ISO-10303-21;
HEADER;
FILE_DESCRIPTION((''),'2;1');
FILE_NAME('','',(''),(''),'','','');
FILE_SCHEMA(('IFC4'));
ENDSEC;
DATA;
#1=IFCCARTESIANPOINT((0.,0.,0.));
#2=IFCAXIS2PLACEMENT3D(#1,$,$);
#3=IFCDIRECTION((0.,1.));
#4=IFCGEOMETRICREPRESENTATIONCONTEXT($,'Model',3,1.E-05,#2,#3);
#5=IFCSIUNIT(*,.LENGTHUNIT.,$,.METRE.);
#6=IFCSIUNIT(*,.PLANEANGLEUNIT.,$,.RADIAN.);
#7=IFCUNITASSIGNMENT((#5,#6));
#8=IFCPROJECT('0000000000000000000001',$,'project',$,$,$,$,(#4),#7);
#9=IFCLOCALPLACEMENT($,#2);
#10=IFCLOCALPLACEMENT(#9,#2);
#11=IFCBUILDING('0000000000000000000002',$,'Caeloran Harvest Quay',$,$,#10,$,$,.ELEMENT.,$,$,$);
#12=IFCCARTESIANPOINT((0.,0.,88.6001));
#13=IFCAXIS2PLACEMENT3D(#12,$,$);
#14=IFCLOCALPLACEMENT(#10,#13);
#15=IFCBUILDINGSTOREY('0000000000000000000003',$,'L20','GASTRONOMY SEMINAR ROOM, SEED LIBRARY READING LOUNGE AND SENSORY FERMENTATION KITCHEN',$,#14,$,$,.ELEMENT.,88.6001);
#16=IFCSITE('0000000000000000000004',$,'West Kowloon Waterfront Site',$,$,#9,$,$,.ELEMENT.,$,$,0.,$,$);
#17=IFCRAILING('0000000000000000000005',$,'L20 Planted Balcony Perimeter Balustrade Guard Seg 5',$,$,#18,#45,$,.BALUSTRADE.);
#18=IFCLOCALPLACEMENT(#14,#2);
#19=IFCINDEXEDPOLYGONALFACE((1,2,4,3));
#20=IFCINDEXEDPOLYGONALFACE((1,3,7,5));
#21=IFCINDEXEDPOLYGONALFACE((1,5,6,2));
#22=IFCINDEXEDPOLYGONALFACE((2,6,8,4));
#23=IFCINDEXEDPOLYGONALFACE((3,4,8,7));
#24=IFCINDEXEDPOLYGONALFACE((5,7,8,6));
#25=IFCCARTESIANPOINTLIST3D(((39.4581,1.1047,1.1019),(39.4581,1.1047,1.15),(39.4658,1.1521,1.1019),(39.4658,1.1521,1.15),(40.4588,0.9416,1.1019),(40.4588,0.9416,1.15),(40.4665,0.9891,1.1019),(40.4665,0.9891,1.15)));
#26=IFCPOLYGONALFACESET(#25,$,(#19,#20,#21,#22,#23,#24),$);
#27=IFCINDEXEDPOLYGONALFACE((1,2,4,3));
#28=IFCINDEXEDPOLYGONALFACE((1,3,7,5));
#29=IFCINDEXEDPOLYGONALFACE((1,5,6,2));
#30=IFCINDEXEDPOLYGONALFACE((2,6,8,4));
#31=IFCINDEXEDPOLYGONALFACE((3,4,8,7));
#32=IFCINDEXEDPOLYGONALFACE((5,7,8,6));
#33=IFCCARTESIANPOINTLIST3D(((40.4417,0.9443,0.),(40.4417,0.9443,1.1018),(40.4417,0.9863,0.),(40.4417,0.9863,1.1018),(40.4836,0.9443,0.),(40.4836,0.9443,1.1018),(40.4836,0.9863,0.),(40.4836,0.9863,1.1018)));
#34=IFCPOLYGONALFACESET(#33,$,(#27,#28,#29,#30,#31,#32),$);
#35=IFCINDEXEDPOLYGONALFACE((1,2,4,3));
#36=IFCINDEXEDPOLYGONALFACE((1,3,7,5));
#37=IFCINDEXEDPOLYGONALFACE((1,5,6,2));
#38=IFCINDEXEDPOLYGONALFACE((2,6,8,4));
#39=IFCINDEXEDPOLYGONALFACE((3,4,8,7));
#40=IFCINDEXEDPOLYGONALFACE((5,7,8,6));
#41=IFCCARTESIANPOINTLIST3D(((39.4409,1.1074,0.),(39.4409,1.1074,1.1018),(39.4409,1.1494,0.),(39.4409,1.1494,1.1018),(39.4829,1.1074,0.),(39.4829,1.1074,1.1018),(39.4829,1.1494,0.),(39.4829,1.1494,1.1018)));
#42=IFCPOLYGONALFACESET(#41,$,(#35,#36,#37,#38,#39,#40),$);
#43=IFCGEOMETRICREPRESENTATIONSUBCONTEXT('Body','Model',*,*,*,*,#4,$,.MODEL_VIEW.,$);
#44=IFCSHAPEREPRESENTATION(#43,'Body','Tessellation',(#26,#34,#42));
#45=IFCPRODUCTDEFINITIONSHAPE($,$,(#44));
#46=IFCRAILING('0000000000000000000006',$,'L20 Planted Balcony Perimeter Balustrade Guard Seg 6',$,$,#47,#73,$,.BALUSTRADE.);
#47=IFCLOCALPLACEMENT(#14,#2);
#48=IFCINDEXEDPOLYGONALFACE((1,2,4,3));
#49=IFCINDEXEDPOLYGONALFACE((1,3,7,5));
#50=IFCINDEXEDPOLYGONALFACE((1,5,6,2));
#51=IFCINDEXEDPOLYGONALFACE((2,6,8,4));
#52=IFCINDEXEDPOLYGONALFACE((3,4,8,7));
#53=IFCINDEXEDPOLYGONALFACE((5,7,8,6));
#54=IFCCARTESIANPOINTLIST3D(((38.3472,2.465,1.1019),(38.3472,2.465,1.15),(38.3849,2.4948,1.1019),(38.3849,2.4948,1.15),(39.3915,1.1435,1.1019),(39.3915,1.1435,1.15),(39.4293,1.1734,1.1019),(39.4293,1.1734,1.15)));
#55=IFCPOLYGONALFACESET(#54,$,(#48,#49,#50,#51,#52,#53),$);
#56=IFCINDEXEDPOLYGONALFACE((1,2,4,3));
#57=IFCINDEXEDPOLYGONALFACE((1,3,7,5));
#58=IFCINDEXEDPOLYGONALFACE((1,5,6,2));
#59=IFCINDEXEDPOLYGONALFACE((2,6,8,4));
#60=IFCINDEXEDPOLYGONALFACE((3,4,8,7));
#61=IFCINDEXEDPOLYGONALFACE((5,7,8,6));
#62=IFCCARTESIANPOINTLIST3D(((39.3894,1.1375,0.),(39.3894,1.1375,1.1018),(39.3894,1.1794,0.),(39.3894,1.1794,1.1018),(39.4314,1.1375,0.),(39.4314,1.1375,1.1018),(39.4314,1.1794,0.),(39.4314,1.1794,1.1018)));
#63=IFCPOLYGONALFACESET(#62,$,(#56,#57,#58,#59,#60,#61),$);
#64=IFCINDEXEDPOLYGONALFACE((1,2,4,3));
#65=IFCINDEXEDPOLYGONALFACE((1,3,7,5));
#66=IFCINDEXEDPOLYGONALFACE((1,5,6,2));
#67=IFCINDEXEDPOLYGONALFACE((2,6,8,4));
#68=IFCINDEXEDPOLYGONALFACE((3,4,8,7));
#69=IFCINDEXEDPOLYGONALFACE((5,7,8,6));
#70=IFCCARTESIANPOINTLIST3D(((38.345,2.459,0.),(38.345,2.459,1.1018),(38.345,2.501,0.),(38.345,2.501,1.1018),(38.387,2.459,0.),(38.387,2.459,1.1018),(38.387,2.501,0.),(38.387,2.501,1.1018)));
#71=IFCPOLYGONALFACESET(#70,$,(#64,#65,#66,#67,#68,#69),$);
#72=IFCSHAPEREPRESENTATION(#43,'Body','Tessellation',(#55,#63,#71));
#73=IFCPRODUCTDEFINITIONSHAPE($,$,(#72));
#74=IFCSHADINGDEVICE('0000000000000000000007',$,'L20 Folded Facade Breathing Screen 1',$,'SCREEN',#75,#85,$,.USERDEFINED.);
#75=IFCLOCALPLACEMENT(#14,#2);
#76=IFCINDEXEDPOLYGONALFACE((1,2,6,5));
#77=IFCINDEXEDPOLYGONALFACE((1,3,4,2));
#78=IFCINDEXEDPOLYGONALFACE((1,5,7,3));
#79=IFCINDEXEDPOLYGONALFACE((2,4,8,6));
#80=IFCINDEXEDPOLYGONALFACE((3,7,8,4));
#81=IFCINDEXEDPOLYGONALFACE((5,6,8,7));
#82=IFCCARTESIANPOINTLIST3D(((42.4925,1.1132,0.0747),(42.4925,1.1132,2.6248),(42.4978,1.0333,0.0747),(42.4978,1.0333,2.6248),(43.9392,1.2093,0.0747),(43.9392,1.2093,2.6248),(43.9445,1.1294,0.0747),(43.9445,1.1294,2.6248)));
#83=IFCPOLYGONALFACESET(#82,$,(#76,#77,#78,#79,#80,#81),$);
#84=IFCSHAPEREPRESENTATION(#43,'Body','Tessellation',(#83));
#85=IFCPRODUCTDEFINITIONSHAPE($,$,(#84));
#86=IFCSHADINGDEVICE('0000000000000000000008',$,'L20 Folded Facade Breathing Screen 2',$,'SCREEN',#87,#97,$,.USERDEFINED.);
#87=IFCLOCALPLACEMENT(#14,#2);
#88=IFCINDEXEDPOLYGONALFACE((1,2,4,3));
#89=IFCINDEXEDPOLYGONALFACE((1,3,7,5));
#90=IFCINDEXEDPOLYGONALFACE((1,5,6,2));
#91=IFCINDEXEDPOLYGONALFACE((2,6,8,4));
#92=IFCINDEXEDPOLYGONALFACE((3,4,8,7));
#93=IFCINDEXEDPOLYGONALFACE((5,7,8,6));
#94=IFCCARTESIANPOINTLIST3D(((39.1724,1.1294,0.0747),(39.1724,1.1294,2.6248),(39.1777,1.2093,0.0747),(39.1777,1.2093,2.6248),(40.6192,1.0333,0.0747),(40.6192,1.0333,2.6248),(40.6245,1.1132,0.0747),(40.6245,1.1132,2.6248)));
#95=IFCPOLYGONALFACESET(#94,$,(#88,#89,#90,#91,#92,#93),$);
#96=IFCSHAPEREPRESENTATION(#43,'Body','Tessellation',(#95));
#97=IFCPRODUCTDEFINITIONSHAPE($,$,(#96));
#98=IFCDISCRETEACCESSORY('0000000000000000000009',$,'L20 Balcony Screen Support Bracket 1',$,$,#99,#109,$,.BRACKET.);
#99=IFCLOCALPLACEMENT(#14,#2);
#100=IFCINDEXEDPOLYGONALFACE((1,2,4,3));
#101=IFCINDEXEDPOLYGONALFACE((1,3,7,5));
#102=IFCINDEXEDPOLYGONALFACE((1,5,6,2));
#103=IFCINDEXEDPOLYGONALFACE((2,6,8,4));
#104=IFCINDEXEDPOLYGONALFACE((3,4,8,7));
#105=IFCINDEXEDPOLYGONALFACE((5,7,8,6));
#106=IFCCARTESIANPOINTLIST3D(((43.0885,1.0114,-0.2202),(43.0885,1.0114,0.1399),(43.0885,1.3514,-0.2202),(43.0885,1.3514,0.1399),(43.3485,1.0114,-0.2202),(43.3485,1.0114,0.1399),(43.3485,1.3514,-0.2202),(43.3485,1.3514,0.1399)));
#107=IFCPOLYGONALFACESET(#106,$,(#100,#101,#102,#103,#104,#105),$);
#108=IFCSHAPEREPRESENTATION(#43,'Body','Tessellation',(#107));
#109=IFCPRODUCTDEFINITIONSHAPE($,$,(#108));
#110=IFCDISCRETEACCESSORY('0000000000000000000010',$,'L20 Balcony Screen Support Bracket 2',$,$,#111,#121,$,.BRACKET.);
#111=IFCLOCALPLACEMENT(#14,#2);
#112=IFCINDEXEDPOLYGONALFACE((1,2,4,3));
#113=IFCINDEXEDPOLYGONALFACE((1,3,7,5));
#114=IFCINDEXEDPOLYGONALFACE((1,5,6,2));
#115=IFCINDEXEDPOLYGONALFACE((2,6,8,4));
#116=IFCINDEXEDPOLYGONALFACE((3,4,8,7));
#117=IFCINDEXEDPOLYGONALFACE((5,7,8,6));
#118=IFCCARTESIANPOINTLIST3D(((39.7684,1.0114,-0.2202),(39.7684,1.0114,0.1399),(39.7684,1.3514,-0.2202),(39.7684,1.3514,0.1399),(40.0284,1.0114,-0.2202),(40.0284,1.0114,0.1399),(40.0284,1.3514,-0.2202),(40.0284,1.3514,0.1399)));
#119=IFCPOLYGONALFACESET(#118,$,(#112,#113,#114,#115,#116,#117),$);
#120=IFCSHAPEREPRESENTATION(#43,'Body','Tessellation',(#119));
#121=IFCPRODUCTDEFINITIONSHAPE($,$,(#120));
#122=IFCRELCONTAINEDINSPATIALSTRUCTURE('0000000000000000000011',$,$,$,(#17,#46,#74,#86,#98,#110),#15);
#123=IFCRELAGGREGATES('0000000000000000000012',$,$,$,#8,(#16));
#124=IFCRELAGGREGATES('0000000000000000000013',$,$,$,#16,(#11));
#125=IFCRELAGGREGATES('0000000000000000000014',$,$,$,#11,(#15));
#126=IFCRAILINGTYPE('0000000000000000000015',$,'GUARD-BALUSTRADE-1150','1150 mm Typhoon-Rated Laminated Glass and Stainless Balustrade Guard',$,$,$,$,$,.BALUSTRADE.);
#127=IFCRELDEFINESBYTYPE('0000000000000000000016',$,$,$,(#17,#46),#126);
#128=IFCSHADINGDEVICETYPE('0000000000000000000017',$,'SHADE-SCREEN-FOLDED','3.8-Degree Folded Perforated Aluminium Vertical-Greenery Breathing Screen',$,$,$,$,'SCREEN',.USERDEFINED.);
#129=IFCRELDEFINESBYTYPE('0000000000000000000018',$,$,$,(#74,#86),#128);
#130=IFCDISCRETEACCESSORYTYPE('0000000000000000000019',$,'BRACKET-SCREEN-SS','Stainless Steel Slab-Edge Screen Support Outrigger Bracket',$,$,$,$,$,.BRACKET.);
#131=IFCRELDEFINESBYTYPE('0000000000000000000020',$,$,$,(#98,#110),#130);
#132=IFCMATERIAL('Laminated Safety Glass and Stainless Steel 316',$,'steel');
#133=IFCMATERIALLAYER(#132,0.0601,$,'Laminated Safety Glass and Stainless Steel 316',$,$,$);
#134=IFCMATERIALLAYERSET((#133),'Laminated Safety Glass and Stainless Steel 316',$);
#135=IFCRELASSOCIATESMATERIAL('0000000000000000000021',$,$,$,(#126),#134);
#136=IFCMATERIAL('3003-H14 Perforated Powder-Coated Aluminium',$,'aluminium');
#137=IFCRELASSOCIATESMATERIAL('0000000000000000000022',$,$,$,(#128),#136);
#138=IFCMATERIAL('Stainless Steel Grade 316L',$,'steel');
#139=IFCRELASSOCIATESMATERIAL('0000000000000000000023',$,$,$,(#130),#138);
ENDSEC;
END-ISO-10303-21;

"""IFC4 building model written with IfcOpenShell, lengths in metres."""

from ifc_helpers import new_model, si_unit, direction, frame, origin, origin_2d, place, context, subcontext, project, spatial, rectangle, extrude, material, layer, layer_set, type_object, element, save


model = new_model("IFC4")

# Units and contexts
model_context = context("Model", 3, precision=1e-05, world=origin(), true_north=direction((0.0, 1.0)))
body_context = subcontext(model_context, "Body", "Model", "MODEL_VIEW")
ifc_project = project(units=[si_unit("LENGTHUNIT", "METRE"), si_unit("PLANEANGLEUNIT", "RADIAN")], contexts=[model_context])

# Site, building, storey
site_placement = place(None, origin())
site = spatial("IfcSite", under=ifc_project, at=site_placement, Name="West Kowloon Waterfront Site", CompositionType="ELEMENT", RefElevation=0.0)
building_placement = place(site_placement, origin())
building = spatial("IfcBuilding", under=site, at=building_placement, Name="Caeloran Harvest Quay", CompositionType="ELEMENT")
storey_placement = place(building_placement, frame((0.0, 0.0, 88.6001)))
storey = spatial("IfcBuildingStorey", under=building, at=storey_placement, Name="L20", Description="GASTRONOMY SEMINAR ROOM, SEED LIBRARY READING LOUNGE AND SENSORY FERMENTATION KITCHEN", CompositionType="ELEMENT", Elevation=88.6001)

# Railings
ifc_material_1 = material(Name="Laminated Safety Glass and Stainless Steel 316", Category="steel")
ifc_layer_1 = layer(ifc_material_1, 0.0601, Name="Laminated Safety Glass and Stainless Steel 316")
ifc_layer_set_1 = layer_set([ifc_layer_1], Name="Laminated Safety Glass and Stainless Steel 316")
railing_type = type_object("IfcRailingType", Name="GUARD-BALUSTRADE-1150", Description="1150 mm Typhoon-Rated Laminated Glass and Stainless Balustrade Guard", PredefinedType="BALUSTRADE", material=ifc_layer_set_1)
railing_1_placement = place(storey_placement, frame((40.4626, 0.9653, 0.0)))
element("IfcRailing", 1, at=railing_1_placement, inside=storey, type_object=railing_type, Name="L20 Planted Balcony Perimeter Balustrade Guard Seg 5", PredefinedType="BALUSTRADE", context=body_context, shape_type="SweptSolid", body=[
    extrude(rectangle(XDim=0.0481, YDim=0.0481, at=origin_2d()), frame((0.0, 0.0, 1.126), z_axis=(-0.98698, 0.160845, 0.0), x_axis=(-0.160845, -0.98698, 0.0)), (0.0, 0.0, 1.0), 1.0139),
    extrude(rectangle(XDim=0.042, YDim=0.042, at=origin_2d()), origin(), (0.0, 0.0, 1.0), 1.1018),
    extrude(rectangle(XDim=0.042, YDim=0.042, at=origin_2d()), frame((-1.0007, 0.1631, 0.0)), (0.0, 0.0, 1.0), 1.1018),
])
railing_2_placement = place(storey_placement, frame((39.4104, 1.1584, 0.0)))
element("IfcRailing", 2, at=railing_2_placement, inside=storey, type_object=railing_type, Name="L20 Planted Balcony Perimeter Balustrade Guard Seg 6", PredefinedType="BALUSTRADE", context=body_context, shape_type="SweptSolid", body=[
    extrude(rectangle(XDim=0.0481, YDim=0.0481, at=origin_2d()), frame((0.0, 0.0, 1.126), z_axis=(-0.620053, 0.78456, 0.0), x_axis=(-0.78456, -0.620053, 0.0)), (0.0, 0.0, 1.0), 1.6843),
    extrude(rectangle(XDim=0.042, YDim=0.042, at=origin_2d()), origin(), (0.0, 0.0, 1.0), 1.1018),
    extrude(rectangle(XDim=0.042, YDim=0.042, at=origin_2d()), frame((-1.0444, 1.3215, 0.0)), (0.0, 0.0, 1.0), 1.1018),
])

# Shading devices
ifc_material_2 = material(Name="3003-H14 Perforated Powder-Coated Aluminium", Category="aluminium")
shading_device_type = type_object("IfcShadingDeviceType", Name="SHADE-SCREEN-FOLDED", Description="3.8-Degree Folded Perforated Aluminium Vertical-Greenery Breathing Screen", ElementType="SCREEN", PredefinedType="USERDEFINED", material=ifc_material_2)
for number, where, z_axis, x_axis, name in (
    (3, (43.2185, 1.1213, 0.0747), (0.0, 0.0, 1.0), (0.997801, 0.066274, 0.0), "L20 Folded Facade Breathing Screen 1"),
    (4, (39.8984, 1.1213, 0.0747), (0.0, 0.0, 1.0), (0.997801, -0.066274, 0.0), "L20 Folded Facade Breathing Screen 2"),
):
    element("IfcShadingDevice", number, at=place(storey_placement, frame(where, z_axis=z_axis, x_axis=x_axis)), inside=storey, type_object=shading_device_type, Name=name, ObjectType="SCREEN", PredefinedType="USERDEFINED", context=body_context, shape_type="SweptSolid", body=[
        extrude(rectangle(XDim=1.45, YDim=0.0801, at=origin_2d()), origin(), (0.0, 0.0, 1.0), 2.55),
    ])

# Discrete accessories
ifc_material_3 = material(Name="Stainless Steel Grade 316L", Category="steel")
discrete_accessory_type = type_object("IfcDiscreteAccessoryType", Name="BRACKET-SCREEN-SS", Description="Stainless Steel Slab-Edge Screen Support Outrigger Bracket", PredefinedType="BRACKET", material=ifc_material_3)
for number, where, z_axis, x_axis, name in (
    (5, (43.2185, 1.1814, -0.2202), (0.0, 0.0, 1.0), (1.0, 0.0, 0.0), "L20 Balcony Screen Support Bracket 1"),
    (6, (39.8984, 1.1814, -0.2202), (0.0, 0.0, 1.0), (1.0, 0.0, 0.0), "L20 Balcony Screen Support Bracket 2"),
):
    element("IfcDiscreteAccessory", number, at=place(storey_placement, frame(where, z_axis=z_axis, x_axis=x_axis)), inside=storey, type_object=discrete_accessory_type, Name=name, PredefinedType="BRACKET", context=body_context, shape_type="SweptSolid", body=[
        extrude(rectangle(XDim=0.26, YDim=0.3401, at=origin_2d()), origin(), (0.0, 0.0, 1.0), 0.3601),
    ])

save(model, "model.ifc")
